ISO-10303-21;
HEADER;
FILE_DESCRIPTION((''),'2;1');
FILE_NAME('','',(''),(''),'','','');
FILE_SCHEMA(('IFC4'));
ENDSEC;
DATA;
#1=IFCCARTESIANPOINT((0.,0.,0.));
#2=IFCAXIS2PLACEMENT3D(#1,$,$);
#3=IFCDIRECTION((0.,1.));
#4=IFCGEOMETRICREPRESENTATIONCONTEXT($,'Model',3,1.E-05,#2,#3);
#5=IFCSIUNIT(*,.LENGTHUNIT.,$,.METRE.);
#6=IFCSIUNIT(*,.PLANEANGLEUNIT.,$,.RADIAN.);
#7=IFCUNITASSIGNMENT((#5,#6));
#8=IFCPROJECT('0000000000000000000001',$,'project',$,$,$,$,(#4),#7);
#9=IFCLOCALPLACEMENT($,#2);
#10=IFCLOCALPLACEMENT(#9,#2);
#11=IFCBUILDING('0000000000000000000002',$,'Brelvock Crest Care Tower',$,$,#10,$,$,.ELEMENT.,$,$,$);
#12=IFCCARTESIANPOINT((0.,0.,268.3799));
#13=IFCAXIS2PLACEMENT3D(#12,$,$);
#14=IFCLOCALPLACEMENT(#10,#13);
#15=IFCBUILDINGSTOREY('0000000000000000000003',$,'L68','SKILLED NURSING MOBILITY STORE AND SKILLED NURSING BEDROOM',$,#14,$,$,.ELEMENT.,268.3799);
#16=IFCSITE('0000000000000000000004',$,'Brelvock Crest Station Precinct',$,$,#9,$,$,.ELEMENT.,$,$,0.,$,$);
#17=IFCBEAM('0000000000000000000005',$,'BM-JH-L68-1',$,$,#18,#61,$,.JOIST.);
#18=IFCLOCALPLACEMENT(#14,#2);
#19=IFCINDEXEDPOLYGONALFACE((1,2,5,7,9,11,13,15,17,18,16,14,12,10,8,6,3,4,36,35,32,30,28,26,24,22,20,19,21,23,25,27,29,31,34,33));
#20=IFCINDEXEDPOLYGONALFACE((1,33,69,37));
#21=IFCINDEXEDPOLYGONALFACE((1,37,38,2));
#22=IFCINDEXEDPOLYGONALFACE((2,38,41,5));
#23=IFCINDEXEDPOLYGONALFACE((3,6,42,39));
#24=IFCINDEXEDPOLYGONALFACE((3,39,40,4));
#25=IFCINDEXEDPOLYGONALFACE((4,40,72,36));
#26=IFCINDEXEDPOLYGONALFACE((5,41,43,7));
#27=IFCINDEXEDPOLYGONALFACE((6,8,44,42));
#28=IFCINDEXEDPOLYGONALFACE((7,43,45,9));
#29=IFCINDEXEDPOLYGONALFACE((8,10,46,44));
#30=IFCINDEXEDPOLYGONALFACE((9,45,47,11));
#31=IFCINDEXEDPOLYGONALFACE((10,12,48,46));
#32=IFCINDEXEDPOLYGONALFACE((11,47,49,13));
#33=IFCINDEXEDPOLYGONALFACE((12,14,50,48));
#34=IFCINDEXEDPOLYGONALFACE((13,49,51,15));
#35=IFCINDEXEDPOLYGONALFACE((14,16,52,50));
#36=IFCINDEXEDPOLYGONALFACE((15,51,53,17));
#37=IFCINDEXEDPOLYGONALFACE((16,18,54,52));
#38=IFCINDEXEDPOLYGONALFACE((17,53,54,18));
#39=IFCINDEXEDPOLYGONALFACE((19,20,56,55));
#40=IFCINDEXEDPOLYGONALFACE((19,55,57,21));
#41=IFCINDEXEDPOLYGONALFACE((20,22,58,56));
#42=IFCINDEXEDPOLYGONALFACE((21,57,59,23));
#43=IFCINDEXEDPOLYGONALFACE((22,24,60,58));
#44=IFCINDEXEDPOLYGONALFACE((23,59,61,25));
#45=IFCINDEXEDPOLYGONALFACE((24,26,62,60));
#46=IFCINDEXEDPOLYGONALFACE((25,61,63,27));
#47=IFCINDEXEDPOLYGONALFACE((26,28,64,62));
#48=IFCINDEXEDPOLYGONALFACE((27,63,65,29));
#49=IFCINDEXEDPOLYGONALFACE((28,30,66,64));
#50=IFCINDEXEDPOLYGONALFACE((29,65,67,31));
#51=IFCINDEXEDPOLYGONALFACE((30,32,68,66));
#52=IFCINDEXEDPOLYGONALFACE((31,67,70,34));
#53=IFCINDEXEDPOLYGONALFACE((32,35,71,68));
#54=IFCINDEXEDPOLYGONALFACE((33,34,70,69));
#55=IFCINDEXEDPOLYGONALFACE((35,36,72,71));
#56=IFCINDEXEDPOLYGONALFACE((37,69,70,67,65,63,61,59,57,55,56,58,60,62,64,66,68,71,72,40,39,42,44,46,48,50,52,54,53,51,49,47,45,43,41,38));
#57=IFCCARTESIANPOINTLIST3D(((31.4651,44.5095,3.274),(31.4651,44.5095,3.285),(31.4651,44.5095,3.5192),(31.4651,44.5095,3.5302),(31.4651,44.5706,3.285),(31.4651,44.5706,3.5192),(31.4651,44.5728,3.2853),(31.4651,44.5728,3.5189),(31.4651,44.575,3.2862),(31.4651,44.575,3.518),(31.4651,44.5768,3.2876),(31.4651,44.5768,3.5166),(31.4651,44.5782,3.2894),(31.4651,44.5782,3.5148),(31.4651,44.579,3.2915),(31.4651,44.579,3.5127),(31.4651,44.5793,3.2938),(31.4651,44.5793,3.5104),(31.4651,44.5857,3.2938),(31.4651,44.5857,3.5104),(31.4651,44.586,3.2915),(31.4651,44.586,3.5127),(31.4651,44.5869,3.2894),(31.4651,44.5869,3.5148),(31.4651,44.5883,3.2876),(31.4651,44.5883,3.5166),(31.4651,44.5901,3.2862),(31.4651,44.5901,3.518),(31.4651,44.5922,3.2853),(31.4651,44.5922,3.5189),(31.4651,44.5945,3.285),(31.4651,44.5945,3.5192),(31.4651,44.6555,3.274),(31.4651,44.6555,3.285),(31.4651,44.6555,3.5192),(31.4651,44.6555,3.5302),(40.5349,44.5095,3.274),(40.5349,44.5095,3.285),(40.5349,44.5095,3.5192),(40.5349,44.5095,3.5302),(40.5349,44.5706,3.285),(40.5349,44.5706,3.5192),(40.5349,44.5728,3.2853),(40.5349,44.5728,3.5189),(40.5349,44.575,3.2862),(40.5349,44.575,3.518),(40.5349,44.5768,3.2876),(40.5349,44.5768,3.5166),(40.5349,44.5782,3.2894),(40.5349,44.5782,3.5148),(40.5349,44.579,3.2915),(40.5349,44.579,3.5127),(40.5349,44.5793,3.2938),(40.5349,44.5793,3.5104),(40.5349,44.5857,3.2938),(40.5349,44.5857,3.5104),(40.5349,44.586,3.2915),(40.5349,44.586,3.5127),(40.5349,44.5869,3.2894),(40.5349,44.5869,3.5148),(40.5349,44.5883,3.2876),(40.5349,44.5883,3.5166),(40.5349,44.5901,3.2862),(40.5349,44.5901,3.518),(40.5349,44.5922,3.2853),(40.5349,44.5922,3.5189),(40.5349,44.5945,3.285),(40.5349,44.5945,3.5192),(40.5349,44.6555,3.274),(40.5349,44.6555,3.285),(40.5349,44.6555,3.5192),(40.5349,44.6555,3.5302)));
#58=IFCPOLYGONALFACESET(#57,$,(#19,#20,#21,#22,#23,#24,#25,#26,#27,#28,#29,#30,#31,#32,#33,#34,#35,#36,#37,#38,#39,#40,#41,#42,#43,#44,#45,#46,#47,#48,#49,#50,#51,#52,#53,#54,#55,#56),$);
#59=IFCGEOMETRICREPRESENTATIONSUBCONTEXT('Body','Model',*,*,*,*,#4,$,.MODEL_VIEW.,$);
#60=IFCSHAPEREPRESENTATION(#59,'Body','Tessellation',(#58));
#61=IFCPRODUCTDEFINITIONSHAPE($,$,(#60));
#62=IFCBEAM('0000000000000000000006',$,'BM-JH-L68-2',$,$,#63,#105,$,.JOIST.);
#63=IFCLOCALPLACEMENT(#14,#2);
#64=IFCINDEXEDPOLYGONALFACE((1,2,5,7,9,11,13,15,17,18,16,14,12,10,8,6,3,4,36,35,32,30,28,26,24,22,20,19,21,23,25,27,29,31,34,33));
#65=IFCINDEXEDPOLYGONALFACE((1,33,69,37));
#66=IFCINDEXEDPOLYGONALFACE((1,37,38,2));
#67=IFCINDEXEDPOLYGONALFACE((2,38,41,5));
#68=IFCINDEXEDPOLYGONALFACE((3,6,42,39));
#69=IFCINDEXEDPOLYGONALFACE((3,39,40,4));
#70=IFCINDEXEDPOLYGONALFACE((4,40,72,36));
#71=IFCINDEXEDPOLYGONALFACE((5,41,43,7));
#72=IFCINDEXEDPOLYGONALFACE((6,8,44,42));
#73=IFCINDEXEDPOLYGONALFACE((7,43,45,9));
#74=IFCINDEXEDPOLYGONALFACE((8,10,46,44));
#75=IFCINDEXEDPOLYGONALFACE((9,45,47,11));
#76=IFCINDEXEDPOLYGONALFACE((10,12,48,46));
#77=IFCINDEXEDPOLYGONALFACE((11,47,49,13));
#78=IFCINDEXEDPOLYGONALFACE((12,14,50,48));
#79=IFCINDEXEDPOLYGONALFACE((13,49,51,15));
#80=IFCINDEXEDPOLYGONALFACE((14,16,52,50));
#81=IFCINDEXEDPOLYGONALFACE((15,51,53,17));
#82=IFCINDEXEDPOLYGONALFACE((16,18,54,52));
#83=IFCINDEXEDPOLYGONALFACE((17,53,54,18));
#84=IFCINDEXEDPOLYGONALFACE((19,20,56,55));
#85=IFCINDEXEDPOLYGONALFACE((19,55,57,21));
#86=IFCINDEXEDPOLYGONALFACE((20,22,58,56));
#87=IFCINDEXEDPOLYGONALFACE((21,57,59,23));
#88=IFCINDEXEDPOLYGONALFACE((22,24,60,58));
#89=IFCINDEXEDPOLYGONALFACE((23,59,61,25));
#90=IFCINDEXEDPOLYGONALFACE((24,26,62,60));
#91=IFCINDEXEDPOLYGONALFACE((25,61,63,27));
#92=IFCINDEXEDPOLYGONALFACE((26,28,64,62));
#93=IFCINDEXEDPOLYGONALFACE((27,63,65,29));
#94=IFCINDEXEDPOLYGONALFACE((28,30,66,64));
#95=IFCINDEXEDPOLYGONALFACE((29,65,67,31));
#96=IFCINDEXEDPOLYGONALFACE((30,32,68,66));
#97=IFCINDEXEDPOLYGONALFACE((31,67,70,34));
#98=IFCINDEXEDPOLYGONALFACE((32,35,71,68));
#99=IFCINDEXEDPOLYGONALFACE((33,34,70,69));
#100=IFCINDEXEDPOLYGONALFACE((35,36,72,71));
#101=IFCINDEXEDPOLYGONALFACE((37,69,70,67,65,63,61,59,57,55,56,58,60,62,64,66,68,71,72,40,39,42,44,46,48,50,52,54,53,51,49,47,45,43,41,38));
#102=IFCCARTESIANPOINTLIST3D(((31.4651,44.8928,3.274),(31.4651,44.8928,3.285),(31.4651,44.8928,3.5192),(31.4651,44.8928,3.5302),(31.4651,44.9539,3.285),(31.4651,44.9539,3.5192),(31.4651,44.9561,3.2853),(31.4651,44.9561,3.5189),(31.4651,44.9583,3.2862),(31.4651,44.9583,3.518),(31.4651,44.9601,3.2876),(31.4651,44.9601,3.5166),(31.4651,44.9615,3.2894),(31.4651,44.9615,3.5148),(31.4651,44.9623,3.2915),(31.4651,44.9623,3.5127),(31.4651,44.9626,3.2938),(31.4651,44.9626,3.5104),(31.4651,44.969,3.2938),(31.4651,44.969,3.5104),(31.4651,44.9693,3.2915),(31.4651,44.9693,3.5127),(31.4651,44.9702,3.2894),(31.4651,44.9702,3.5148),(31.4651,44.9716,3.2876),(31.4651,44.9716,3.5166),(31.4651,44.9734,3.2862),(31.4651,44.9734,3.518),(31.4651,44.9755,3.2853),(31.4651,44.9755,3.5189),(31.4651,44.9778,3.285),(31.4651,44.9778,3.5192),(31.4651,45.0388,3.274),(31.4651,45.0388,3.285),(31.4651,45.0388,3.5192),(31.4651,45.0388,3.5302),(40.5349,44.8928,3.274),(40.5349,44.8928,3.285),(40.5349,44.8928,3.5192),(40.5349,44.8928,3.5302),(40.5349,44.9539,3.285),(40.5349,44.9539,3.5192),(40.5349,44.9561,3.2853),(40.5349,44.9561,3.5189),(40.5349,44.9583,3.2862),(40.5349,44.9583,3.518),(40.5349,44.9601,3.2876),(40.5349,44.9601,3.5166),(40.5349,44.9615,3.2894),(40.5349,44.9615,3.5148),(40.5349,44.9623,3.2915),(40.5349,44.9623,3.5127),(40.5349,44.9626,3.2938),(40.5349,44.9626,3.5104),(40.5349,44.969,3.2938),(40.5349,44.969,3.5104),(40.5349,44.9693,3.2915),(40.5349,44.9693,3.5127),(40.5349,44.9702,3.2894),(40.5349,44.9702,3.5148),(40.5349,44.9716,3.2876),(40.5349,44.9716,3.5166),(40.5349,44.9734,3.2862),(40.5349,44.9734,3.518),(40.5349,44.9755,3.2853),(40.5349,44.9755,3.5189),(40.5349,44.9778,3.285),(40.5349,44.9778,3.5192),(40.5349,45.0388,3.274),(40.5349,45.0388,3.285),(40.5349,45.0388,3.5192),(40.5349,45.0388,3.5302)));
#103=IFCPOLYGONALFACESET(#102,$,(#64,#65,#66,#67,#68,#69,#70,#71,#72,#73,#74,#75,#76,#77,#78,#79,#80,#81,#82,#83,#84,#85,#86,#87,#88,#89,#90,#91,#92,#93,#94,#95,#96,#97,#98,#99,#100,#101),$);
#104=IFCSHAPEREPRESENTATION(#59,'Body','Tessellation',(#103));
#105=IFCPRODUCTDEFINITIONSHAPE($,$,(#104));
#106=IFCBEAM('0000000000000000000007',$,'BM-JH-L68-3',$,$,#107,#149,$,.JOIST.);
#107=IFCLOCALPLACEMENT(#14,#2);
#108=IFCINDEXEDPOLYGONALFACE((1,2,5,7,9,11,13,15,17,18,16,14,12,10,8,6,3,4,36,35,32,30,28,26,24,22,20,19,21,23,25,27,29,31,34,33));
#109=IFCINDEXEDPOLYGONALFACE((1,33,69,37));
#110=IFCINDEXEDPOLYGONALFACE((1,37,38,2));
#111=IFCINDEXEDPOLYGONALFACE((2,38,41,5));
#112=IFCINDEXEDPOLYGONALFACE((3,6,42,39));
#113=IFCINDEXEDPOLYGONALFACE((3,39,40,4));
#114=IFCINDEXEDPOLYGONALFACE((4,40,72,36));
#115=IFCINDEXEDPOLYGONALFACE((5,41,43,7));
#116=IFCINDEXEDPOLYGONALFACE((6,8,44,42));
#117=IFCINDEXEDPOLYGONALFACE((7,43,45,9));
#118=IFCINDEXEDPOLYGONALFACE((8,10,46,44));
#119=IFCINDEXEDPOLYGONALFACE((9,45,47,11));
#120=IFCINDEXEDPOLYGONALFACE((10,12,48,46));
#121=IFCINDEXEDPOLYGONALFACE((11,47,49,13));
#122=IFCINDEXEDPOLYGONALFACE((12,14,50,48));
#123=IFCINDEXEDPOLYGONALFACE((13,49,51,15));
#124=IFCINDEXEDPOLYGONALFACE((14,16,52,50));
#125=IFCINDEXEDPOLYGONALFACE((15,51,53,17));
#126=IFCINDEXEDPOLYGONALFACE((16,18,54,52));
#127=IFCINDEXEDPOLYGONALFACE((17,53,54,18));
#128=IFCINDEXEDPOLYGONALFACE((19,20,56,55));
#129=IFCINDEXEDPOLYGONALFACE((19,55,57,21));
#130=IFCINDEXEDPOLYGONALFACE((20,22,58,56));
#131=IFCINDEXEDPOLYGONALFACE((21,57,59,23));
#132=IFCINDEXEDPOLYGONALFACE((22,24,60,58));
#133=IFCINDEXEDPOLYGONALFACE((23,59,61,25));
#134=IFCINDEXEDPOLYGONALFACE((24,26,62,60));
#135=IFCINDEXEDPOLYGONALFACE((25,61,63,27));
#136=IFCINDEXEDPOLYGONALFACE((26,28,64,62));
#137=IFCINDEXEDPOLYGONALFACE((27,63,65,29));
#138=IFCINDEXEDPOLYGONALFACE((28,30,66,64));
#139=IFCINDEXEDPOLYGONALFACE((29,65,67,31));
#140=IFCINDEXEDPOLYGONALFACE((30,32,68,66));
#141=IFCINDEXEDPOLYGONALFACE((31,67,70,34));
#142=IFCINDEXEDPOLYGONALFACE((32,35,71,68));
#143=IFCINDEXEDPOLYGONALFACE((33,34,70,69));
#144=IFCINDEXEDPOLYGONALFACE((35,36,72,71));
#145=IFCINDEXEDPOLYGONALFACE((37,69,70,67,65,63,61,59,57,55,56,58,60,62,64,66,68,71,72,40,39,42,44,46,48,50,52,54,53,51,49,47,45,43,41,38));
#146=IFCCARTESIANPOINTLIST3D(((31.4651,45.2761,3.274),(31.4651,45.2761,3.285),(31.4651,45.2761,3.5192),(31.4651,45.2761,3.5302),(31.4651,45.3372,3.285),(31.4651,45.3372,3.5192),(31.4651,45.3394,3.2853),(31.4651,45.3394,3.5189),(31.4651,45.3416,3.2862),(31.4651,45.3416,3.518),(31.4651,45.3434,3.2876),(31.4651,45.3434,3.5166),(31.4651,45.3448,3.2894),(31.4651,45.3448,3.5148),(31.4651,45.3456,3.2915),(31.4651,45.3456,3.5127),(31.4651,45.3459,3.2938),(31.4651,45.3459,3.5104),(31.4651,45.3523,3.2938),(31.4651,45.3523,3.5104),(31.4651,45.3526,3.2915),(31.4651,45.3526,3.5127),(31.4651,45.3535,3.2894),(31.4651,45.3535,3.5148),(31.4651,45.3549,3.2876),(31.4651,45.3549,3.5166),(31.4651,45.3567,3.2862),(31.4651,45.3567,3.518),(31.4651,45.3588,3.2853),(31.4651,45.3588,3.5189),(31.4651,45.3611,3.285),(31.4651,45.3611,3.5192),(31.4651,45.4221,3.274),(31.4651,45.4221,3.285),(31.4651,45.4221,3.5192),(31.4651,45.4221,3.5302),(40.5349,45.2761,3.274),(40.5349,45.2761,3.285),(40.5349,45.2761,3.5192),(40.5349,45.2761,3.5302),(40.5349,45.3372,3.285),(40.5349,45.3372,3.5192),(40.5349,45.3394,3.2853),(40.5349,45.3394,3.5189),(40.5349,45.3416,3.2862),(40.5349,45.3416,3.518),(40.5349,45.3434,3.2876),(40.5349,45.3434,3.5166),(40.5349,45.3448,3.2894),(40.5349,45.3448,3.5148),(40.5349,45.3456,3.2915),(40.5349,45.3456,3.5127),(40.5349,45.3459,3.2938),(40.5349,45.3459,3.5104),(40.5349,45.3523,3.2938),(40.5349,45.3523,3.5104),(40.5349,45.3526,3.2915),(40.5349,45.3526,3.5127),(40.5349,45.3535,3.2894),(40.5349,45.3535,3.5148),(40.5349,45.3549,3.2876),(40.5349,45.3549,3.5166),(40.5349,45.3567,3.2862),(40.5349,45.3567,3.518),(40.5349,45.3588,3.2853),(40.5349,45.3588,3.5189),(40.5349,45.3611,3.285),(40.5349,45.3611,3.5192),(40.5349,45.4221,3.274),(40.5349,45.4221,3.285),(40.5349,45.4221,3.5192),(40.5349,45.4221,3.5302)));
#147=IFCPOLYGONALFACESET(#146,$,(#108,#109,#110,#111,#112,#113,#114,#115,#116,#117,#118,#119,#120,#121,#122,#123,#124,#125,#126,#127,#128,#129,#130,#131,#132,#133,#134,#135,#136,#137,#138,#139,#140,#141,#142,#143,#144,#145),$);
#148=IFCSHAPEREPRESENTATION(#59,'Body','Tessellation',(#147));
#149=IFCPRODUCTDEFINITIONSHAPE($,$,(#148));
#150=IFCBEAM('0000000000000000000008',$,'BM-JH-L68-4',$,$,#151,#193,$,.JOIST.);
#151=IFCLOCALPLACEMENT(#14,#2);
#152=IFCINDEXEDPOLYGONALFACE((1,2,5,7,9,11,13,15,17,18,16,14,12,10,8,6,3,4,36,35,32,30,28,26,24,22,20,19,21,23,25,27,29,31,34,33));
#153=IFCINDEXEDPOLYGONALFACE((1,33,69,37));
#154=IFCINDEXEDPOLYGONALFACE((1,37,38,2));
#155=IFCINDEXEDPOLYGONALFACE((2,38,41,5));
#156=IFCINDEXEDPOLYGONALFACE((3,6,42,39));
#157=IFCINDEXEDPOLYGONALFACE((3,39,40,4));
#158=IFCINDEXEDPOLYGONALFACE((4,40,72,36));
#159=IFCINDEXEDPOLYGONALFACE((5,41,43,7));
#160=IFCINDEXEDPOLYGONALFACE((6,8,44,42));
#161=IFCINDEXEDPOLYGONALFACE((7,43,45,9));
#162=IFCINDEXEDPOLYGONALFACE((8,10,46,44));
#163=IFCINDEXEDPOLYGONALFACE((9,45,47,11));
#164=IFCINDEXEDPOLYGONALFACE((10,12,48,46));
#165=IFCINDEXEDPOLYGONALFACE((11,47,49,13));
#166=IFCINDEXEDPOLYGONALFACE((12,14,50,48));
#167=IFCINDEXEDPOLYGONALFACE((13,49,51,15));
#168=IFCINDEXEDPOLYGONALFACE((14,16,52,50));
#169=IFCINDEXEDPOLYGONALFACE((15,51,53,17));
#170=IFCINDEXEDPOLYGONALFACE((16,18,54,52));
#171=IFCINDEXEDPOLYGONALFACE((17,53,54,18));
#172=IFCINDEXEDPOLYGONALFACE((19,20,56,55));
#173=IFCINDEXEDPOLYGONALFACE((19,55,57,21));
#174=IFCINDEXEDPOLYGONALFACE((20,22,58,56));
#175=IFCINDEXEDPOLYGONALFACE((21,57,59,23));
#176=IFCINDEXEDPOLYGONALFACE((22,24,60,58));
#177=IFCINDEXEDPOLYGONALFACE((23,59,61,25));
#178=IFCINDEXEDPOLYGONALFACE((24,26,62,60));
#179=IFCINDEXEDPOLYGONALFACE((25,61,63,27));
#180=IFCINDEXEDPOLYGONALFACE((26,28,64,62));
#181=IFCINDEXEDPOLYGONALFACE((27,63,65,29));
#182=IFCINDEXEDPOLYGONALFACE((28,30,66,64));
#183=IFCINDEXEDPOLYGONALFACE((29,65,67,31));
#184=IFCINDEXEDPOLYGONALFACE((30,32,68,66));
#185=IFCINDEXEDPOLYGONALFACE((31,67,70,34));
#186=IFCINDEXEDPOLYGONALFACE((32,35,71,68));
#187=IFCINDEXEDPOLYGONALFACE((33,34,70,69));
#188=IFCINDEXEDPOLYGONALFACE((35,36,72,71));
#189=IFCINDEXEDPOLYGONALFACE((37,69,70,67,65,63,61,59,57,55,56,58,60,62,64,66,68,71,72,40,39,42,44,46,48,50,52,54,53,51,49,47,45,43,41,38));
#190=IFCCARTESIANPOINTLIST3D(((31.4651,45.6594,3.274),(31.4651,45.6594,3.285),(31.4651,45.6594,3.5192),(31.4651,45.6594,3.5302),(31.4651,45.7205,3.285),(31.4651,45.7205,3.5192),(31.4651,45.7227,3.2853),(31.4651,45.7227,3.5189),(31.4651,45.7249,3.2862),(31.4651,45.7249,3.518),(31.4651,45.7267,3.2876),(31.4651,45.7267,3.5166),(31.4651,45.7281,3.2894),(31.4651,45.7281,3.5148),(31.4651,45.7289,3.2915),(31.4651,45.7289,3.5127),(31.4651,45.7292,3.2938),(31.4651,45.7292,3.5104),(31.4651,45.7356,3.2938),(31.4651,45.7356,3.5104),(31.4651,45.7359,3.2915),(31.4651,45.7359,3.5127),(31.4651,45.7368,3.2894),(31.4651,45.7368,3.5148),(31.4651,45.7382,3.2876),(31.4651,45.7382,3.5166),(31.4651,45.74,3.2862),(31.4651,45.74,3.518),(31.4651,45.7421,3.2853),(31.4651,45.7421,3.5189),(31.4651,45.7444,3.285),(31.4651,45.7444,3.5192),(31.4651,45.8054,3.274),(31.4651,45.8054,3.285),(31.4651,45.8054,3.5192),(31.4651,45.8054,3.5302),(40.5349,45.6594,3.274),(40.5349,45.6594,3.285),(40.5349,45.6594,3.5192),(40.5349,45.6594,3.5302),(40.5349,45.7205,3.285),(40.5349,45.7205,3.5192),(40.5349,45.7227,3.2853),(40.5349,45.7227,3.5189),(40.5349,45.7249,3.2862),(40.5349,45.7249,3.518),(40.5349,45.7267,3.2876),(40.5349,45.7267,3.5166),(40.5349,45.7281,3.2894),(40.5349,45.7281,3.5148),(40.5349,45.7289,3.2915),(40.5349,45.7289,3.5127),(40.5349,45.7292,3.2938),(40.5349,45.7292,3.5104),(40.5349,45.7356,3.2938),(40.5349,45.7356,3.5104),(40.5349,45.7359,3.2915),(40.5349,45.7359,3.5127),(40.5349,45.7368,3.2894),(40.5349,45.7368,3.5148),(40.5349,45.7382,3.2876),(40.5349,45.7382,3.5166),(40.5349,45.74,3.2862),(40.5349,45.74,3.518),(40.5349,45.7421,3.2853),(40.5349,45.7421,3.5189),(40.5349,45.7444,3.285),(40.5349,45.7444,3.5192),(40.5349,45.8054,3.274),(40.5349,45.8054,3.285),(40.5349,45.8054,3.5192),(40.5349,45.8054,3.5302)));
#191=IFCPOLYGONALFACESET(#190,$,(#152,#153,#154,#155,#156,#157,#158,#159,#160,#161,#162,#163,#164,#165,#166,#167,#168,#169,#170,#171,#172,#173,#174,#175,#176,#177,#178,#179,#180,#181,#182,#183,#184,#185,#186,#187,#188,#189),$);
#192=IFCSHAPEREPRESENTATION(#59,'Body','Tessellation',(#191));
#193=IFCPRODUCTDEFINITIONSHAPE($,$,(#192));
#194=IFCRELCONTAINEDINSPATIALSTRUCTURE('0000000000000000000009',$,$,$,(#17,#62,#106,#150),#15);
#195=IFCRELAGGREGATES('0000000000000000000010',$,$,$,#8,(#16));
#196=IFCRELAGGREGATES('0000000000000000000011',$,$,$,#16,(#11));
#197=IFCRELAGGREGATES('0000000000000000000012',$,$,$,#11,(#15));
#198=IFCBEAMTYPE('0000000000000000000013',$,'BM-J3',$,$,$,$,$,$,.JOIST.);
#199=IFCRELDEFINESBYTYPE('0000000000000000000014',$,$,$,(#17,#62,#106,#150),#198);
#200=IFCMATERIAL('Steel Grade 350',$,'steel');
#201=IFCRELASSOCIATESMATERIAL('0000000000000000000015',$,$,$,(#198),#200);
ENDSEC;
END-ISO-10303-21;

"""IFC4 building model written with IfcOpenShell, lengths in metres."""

from ifc_helpers import new_model, si_unit, direction, frame, origin, origin_2d, place, context, subcontext, project, spatial, i_section, extrude, source, transform, mapped, material, material_profile, profile_set, type_object, element, save


model = new_model("IFC4")

# Units and contexts
model_context = context("Model", 3, precision=1e-05, world=origin(), true_north=direction((0.0, 1.0)))
body_context = subcontext(model_context, "Body", "Model", "MODEL_VIEW")
ifc_project = project(units=[si_unit("LENGTHUNIT", "METRE"), si_unit("PLANEANGLEUNIT", "RADIAN")], contexts=[model_context])

# Site, building, storey
site_placement = place(None, origin())
site = spatial("IfcSite", under=ifc_project, at=site_placement, Name="Brelvock Crest Station Precinct", CompositionType="ELEMENT", RefElevation=0.0)
building_placement = place(site_placement, origin())
building = spatial("IfcBuilding", under=site, at=building_placement, Name="Brelvock Crest Care Tower", CompositionType="ELEMENT")
storey_placement = place(building_placement, frame((0.0, 0.0, 268.3799)))
storey = spatial("IfcBuildingStorey", under=building, at=storey_placement, Name="L68", Description="SKILLED NURSING MOBILITY STORE AND SKILLED NURSING BEDROOM", CompositionType="ELEMENT", Elevation=268.3799)

# Beams
ifc_material_1 = material(Name="Steel Grade 350", Category="steel")
ifc_material_profile_1 = material_profile(ifc_material_1, i_section(OverallWidth=0.146, OverallDepth=0.2561, WebThickness=0.0063, FlangeThickness=0.011, FilletRadius=0.0088, at=origin_2d()), Name="250UB37.3")
ifc_profile_set_1 = profile_set([ifc_material_profile_1], Name="Steel Grade 350")
beam_type_1 = type_object("IfcBeamType", Name="BM-J3", PredefinedType="JOIST", material=ifc_profile_set_1)
shared_shape_1 = source(origin(), body_context, "Body", "SweptSolid", [
    extrude(i_section(OverallWidth=0.146, OverallDepth=0.2561, WebThickness=0.0063, FlangeThickness=0.011, FilletRadius=0.0088, at=origin_2d()), origin(), (0.0, 0.0, 1.0), 9.0698),
])
for number, where, z_axis, x_axis, name in (
    (1, (31.4651, 44.5825, 3.4021), (1.0, 0.0, 0.0), (0.0, 1.0, 0.0), "BM-JH-L68-1"),
    (2, (31.4651, 44.9658, 3.4021), (1.0, 0.0, 0.0), (0.0, 1.0, 0.0), "BM-JH-L68-2"),
    (3, (31.4651, 45.3491, 3.4021), (1.0, 0.0, 0.0), (0.0, 1.0, 0.0), "BM-JH-L68-3"),
    (4, (31.4651, 45.7324, 3.4021), (1.0, 0.0, 0.0), (0.0, 1.0, 0.0), "BM-JH-L68-4"),
):
    element("IfcBeam", number, at=place(storey_placement, frame(where, z_axis=z_axis, x_axis=x_axis)), inside=storey, type_object=beam_type_1, Name=name, PredefinedType="JOIST", context=body_context, shape_type="MappedRepresentation", body=[
        mapped(shared_shape_1, transform((0.0, 0.0, 0.0), x_axis=(1.0, 0.0, 0.0), y_axis=(0.0, 1.0, 0.0), z_axis=(0.0, 0.0, 1.0), scale=1.0)),
    ])

save(model, "model.ifc")
